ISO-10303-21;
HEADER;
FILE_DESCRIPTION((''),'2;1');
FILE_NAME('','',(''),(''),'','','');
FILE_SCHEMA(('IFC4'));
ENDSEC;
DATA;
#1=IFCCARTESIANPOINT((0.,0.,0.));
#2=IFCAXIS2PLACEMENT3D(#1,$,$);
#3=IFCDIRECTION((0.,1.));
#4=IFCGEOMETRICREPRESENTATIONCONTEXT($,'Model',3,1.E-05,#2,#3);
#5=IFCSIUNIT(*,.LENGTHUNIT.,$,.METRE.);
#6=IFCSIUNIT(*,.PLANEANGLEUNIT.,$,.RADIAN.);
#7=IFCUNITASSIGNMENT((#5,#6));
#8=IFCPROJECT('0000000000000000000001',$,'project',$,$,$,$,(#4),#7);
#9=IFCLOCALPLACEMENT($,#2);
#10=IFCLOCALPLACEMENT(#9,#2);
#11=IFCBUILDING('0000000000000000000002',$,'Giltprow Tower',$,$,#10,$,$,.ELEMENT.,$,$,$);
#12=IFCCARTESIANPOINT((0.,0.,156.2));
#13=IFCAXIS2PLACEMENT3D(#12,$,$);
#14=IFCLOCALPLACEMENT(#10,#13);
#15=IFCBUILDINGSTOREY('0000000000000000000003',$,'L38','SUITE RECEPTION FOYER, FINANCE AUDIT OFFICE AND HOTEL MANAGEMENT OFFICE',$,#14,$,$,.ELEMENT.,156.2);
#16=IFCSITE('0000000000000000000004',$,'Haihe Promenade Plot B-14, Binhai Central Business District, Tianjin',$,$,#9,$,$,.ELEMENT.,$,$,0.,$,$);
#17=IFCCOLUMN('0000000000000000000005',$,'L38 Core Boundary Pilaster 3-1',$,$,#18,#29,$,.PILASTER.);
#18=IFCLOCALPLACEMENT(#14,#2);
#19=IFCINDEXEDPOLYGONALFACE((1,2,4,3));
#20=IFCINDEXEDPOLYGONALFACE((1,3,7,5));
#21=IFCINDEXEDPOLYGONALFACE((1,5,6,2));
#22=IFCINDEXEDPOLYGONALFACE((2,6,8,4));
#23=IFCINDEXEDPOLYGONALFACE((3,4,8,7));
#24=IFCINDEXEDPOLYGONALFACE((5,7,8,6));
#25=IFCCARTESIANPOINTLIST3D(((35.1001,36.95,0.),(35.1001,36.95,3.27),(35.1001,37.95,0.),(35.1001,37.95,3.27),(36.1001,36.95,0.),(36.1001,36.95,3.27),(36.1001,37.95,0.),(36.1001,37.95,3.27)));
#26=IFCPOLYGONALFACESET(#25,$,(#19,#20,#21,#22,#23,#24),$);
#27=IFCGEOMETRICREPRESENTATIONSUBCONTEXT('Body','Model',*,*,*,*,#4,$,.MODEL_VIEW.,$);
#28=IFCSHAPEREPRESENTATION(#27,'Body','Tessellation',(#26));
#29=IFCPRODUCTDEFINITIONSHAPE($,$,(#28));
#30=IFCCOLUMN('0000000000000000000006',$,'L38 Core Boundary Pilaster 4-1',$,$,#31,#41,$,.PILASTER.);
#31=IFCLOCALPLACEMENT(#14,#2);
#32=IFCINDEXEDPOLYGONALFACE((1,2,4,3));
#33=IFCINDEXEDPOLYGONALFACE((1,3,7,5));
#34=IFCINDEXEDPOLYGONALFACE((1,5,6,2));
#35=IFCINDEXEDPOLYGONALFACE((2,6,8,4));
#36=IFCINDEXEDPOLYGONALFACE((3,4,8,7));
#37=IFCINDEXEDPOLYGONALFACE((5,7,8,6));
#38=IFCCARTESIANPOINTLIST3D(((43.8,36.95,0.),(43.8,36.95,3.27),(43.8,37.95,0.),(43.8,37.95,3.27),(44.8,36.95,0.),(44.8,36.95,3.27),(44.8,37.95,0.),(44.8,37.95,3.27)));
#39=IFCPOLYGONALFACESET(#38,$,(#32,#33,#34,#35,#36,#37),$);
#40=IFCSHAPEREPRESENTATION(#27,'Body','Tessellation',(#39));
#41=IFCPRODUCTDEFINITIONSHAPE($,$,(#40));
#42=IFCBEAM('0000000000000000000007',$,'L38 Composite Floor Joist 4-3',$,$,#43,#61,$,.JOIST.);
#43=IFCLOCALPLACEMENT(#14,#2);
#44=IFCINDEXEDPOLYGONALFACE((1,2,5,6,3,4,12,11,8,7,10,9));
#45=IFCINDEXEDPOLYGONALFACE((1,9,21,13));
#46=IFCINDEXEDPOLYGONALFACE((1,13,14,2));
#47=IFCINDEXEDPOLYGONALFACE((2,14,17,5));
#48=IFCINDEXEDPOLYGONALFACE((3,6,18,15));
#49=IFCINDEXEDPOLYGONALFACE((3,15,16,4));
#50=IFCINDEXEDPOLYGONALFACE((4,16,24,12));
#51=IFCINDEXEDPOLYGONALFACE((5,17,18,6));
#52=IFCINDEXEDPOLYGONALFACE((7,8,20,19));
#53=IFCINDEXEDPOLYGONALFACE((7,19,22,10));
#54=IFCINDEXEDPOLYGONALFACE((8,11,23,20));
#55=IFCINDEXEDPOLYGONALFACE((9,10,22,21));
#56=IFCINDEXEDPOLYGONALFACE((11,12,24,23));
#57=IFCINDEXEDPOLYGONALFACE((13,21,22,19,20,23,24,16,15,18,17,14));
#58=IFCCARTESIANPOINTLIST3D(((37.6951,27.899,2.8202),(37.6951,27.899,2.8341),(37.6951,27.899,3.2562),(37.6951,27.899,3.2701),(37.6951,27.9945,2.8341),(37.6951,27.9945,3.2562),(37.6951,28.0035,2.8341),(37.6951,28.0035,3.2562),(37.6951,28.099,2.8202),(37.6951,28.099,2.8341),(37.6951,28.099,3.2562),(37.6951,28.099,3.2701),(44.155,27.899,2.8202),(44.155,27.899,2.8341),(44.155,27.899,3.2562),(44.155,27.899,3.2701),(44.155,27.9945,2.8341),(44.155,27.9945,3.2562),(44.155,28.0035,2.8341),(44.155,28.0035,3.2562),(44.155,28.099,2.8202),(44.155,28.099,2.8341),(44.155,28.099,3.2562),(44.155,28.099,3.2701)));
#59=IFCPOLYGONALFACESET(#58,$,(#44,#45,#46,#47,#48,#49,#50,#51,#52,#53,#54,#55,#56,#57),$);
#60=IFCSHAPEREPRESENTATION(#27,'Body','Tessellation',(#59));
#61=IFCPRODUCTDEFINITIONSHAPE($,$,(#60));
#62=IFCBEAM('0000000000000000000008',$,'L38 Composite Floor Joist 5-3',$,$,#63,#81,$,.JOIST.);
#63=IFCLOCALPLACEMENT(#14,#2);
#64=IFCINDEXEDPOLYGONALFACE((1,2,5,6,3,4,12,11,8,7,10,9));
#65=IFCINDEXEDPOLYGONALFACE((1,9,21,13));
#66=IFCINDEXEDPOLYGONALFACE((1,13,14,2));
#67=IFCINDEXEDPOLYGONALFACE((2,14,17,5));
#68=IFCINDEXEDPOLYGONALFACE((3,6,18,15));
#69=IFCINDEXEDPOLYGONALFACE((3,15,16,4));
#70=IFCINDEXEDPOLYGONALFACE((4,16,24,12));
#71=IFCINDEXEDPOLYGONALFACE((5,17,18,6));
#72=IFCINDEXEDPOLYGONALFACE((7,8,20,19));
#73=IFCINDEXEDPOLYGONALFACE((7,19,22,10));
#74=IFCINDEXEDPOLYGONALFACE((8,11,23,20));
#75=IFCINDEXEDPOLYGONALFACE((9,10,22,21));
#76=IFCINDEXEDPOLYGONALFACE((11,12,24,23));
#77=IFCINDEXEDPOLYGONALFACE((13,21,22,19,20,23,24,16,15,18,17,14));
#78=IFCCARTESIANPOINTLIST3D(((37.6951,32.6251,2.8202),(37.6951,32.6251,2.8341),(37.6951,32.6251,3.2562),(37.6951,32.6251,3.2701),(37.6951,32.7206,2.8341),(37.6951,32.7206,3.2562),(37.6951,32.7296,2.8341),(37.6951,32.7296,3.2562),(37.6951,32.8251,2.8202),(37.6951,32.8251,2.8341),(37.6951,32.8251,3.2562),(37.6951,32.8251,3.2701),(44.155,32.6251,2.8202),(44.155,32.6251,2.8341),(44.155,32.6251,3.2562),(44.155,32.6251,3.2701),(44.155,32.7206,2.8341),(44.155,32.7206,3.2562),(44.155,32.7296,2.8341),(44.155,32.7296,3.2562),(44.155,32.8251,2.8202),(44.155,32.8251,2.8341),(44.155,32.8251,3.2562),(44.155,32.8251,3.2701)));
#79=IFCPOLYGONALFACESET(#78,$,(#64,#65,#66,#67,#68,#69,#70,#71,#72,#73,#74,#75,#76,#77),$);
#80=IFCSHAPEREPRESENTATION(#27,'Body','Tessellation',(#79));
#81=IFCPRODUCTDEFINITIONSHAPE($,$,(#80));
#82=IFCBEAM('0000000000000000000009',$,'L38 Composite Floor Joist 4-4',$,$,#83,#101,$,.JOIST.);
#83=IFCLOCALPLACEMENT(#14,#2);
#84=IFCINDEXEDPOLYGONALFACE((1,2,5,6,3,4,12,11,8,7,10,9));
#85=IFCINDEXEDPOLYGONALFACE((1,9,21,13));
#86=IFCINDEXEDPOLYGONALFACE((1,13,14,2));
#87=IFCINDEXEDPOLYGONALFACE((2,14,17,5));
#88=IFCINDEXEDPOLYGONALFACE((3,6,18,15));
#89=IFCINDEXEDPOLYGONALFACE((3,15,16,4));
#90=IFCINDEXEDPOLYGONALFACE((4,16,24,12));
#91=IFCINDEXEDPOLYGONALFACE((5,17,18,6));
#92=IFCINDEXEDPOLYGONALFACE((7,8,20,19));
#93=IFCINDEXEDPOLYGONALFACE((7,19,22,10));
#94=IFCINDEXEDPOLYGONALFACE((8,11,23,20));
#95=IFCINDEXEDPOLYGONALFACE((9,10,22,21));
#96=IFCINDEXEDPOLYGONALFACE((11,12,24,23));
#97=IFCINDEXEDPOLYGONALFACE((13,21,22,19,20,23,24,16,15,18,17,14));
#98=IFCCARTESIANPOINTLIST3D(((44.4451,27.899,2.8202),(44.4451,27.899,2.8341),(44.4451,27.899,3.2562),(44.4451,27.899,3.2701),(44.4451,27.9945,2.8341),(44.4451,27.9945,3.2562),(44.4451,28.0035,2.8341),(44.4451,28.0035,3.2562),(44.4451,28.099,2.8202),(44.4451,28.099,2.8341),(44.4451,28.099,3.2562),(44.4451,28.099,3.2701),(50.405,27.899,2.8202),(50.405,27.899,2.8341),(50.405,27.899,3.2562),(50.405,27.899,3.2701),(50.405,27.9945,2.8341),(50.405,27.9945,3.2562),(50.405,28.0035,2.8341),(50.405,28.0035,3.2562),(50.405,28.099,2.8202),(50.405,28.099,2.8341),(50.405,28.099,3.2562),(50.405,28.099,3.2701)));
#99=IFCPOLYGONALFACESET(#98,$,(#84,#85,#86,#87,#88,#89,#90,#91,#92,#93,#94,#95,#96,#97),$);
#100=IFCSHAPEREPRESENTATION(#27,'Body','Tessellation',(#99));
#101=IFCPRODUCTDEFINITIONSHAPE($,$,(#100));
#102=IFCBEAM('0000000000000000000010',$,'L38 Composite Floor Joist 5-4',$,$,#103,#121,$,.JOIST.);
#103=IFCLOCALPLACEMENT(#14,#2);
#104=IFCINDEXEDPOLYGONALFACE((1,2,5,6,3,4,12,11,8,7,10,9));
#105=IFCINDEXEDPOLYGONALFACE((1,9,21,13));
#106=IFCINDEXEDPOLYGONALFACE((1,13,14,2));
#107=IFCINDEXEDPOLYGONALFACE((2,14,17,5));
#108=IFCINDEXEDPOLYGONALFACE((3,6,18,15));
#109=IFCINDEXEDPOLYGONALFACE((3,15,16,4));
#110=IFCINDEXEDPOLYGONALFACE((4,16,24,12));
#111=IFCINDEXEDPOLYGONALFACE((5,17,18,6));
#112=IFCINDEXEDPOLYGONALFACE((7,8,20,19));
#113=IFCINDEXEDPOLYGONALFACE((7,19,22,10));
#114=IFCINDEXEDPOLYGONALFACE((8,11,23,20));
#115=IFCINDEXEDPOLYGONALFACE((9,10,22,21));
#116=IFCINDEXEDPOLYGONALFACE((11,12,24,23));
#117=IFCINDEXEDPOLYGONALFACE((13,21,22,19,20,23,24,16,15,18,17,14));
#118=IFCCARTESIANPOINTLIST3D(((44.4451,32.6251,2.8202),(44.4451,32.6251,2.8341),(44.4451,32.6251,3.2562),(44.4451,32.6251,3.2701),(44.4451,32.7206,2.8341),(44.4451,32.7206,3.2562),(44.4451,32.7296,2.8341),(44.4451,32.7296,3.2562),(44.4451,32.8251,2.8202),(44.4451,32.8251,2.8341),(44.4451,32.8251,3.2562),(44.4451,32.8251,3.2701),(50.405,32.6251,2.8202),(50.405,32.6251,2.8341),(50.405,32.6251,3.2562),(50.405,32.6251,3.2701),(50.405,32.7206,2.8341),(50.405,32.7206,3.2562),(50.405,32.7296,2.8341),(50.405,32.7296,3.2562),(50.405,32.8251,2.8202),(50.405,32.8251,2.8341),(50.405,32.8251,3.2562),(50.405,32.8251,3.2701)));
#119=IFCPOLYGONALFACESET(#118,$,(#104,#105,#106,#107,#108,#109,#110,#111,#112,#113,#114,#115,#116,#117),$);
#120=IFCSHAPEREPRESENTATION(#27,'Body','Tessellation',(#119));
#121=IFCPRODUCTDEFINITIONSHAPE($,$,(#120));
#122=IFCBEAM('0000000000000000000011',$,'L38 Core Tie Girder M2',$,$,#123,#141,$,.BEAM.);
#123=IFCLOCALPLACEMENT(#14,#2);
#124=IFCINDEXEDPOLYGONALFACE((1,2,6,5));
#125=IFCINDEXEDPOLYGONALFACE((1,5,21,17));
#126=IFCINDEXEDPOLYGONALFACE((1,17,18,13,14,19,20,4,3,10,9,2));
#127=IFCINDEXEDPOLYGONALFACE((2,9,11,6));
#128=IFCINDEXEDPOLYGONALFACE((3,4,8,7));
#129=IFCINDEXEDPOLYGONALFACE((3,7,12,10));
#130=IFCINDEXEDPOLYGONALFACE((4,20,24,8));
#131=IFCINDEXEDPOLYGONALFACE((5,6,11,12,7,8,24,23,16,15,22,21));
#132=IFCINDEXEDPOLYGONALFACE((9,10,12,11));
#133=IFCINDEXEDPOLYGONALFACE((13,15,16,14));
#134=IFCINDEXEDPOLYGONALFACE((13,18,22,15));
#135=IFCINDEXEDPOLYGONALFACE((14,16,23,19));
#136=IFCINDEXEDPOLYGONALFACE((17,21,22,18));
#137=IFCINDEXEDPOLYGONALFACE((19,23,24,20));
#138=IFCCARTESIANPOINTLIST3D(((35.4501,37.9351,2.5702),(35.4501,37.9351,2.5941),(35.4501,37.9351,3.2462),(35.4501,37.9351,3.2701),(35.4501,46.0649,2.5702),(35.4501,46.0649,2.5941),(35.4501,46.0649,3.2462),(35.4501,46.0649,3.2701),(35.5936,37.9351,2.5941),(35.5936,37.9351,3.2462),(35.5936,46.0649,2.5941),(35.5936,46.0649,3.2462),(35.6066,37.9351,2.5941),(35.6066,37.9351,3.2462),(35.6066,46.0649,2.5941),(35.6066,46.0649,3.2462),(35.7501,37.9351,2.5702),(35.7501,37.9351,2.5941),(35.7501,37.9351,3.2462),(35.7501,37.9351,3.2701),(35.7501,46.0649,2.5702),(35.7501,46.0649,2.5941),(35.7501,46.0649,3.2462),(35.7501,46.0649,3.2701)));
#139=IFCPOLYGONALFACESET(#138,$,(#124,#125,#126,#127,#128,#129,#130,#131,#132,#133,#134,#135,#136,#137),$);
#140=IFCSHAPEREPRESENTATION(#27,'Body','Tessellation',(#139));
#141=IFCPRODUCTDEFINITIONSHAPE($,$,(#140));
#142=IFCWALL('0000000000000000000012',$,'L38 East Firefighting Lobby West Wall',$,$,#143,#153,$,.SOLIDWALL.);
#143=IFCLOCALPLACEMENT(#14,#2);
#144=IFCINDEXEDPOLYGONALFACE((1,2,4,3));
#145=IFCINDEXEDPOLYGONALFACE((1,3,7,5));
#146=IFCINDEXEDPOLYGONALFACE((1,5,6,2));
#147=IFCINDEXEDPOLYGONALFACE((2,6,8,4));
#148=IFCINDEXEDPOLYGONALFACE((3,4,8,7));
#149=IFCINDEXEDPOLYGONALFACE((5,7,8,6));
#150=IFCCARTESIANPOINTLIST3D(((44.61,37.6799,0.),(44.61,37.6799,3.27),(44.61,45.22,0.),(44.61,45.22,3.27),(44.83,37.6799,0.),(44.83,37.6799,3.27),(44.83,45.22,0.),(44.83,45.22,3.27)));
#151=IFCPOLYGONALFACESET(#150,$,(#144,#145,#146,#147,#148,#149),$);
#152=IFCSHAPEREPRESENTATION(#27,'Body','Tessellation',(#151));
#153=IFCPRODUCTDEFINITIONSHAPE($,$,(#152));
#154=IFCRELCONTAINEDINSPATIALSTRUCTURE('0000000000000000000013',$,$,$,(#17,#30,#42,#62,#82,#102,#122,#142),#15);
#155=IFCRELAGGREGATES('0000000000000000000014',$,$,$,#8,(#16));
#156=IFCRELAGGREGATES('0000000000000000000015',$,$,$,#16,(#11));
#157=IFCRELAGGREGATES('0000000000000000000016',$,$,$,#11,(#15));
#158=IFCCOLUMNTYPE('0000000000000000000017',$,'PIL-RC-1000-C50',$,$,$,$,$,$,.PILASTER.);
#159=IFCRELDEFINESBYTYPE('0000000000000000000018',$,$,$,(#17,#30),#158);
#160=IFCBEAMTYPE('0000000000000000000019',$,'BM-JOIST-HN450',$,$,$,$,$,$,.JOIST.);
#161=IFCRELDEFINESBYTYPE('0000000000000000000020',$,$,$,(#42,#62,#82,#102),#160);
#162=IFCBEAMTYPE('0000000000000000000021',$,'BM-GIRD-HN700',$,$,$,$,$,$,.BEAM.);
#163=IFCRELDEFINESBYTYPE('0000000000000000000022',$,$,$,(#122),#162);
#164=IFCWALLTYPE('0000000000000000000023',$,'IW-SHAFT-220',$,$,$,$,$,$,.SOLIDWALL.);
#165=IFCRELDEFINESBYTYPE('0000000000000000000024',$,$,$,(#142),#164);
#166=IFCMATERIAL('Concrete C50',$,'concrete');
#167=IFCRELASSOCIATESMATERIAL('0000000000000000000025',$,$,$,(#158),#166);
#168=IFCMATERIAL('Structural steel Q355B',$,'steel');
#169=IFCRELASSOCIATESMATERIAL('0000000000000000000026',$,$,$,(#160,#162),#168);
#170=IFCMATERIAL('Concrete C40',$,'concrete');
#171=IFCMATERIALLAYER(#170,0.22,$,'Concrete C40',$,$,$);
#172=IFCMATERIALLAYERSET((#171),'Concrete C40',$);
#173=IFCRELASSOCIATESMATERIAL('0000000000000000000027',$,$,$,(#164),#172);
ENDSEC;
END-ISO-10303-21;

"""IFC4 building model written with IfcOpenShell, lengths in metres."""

from ifc_helpers import new_model, si_unit, direction, frame, frame_2d, origin, origin_2d, place, context, subcontext, project, spatial, rectangle, i_section, extrude, source, transform, mapped, material, layer, layer_set, material_profile, profile_set, type_object, element, save


model = new_model("IFC4")

# Units and contexts
model_context = context("Model", 3, precision=1e-05, world=origin(), true_north=direction((0.0, 1.0)))
body_context = subcontext(model_context, "Body", "Model", "MODEL_VIEW")
ifc_project = project(units=[si_unit("LENGTHUNIT", "METRE"), si_unit("PLANEANGLEUNIT", "RADIAN")], contexts=[model_context])

# Site, building, storey
site_placement = place(None, origin())
site = spatial("IfcSite", under=ifc_project, at=site_placement, Name="Haihe Promenade Plot B-14, Binhai Central Business District, Tianjin", CompositionType="ELEMENT", RefElevation=0.0)
building_placement = place(site_placement, origin())
building = spatial("IfcBuilding", under=site, at=building_placement, Name="Giltprow Tower", CompositionType="ELEMENT")
storey_placement = place(building_placement, frame((0.0, 0.0, 156.2)))
storey = spatial("IfcBuildingStorey", under=building, at=storey_placement, Name="L38", Description="SUITE RECEPTION FOYER, FINANCE AUDIT OFFICE AND HOTEL MANAGEMENT OFFICE", CompositionType="ELEMENT", Elevation=156.2)

# Columns
ifc_material_1 = material(Name="Concrete C50", Category="concrete")
ifc_material_profile_1 = material_profile(ifc_material_1, rectangle(XDim=1.0, YDim=1.0, at=origin_2d()), Name="RC 1000x1000")
ifc_profile_set_1 = profile_set([ifc_material_profile_1], Name="Concrete C50")
column_type = type_object("IfcColumnType", Name="PIL-RC-1000-C50", PredefinedType="PILASTER", material=ifc_profile_set_1)
shared_shape_1 = source(origin(), body_context, "Body", "SweptSolid", [
    extrude(rectangle(XDim=1.0, YDim=1.0, at=origin_2d()), origin(), (0.0, 0.0, 1.0), 3.27),
])
for number, where, z_axis, x_axis, name in (
    (1, (35.6001, 37.45, 0.0), (0.0, 0.0, 1.0), (1.0, 0.0, 0.0), "L38 Core Boundary Pilaster 3-1"),
    (2, (44.3, 37.45, 0.0), (0.0, 0.0, 1.0), (1.0, 0.0, 0.0), "L38 Core Boundary Pilaster 4-1"),
):
    element("IfcColumn", number, at=place(storey_placement, frame(where, z_axis=z_axis, x_axis=x_axis)), inside=storey, type_object=column_type, Name=name, PredefinedType="PILASTER", context=body_context, shape_type="MappedRepresentation", body=[
        mapped(shared_shape_1, transform((0.0, 0.0, 0.0), x_axis=(1.0, 0.0, 0.0), y_axis=(0.0, 1.0, 0.0), z_axis=(0.0, 0.0, 1.0), scale=1.0)),
    ])

# Beams
ifc_material_2 = material(Name="Structural steel Q355B", Category="steel")
ifc_material_profile_2 = material_profile(ifc_material_2, i_section(OverallWidth=0.2, OverallDepth=0.45, WebThickness=0.009, FlangeThickness=0.0139, at=origin_2d()), Name="HN 450x200x9x14")
ifc_profile_set_2 = profile_set([ifc_material_profile_2], Name="Structural steel Q355B")
beam_type_1 = type_object("IfcBeamType", Name="BM-JOIST-HN450", PredefinedType="JOIST", material=ifc_profile_set_2)
shared_shape_2 = source(origin(), body_context, "Body", "SweptSolid", [
    extrude(i_section(OverallWidth=0.2, OverallDepth=0.45, WebThickness=0.009, FlangeThickness=0.0139, at=origin_2d()), origin(), (0.0, 0.0, 1.0), 6.46),
])
for number, where, z_axis, x_axis, name in (
    (3, (37.6951, 27.999, 3.0452), (1.0, 0.0, 0.0), (0.0, 1.0, 0.0), "L38 Composite Floor Joist 4-3"),
    (4, (37.6951, 32.7251, 3.0452), (1.0, 0.0, 0.0), (0.0, 1.0, 0.0), "L38 Composite Floor Joist 5-3"),
):
    element("IfcBeam", number, at=place(storey_placement, frame(where, z_axis=z_axis, x_axis=x_axis)), inside=storey, type_object=beam_type_1, Name=name, PredefinedType="JOIST", context=body_context, shape_type="MappedRepresentation", body=[
        mapped(shared_shape_2, transform((0.0, 0.0, 0.0), x_axis=(1.0, 0.0, 0.0), y_axis=(0.0, 1.0, 0.0), z_axis=(0.0, 0.0, 1.0), scale=1.0)),
    ])
shared_shape_3 = source(origin(), body_context, "Body", "SweptSolid", [
    extrude(i_section(OverallWidth=0.2, OverallDepth=0.45, WebThickness=0.009, FlangeThickness=0.0139, at=origin_2d()), origin(), (0.0, 0.0, 1.0), 5.96),
])
for number, where, z_axis, x_axis, name in (
    (5, (44.4451, 27.999, 3.0452), (1.0, 0.0, 0.0), (0.0, 1.0, 0.0), "L38 Composite Floor Joist 4-4"),
    (6, (44.4451, 32.7251, 3.0452), (1.0, 0.0, 0.0), (0.0, 1.0, 0.0), "L38 Composite Floor Joist 5-4"),
):
    element("IfcBeam", number, at=place(storey_placement, frame(where, z_axis=z_axis, x_axis=x_axis)), inside=storey, type_object=beam_type_1, Name=name, PredefinedType="JOIST", context=body_context, shape_type="MappedRepresentation", body=[
        mapped(shared_shape_3, transform((0.0, 0.0, 0.0), x_axis=(1.0, 0.0, 0.0), y_axis=(0.0, 1.0, 0.0), z_axis=(0.0, 0.0, 1.0), scale=1.0)),
    ])
ifc_material_profile_3 = material_profile(ifc_material_2, i_section(OverallWidth=0.3, OverallDepth=0.7, WebThickness=0.0129, FlangeThickness=0.0239, at=origin_2d()), Name="HN 700x300x13x24")
ifc_profile_set_3 = profile_set([ifc_material_profile_3], Name="Structural steel Q355B")
beam_type_2 = type_object("IfcBeamType", Name="BM-GIRD-HN700", PredefinedType="BEAM", material=ifc_profile_set_3)
shared_shape_4 = source(origin(), body_context, "Body", "SweptSolid", [
    extrude(i_section(OverallWidth=0.3, OverallDepth=0.7, WebThickness=0.0129, FlangeThickness=0.0239, at=origin_2d()), origin(), (0.0, 0.0, 1.0), 8.1299),
])
beam_placement = place(storey_placement, frame((35.6001, 37.9351, 2.9202), z_axis=(0.0, 1.0, 0.0), x_axis=(-1.0, 0.0, 0.0)))
element("IfcBeam", 7, at=beam_placement, inside=storey, type_object=beam_type_2, Name="L38 Core Tie Girder M2", PredefinedType="BEAM", context=body_context, shape_type="MappedRepresentation", body=[
    mapped(shared_shape_4, transform((0.0, 0.0, 0.0), x_axis=(1.0, 0.0, 0.0), y_axis=(0.0, 1.0, 0.0), z_axis=(0.0, 0.0, 1.0), scale=1.0)),
])

# Wall
ifc_material_3 = material(Name="Concrete C40", Category="concrete")
ifc_layer_1 = layer(ifc_material_3, 0.22, Name="Concrete C40")
ifc_layer_set_1 = layer_set([ifc_layer_1], Name="Concrete C40")
wall_type_1 = type_object("IfcWallType", Name="IW-SHAFT-220", PredefinedType="SOLIDWALL", material=ifc_layer_set_1)
wall_1_placement = place(storey_placement, frame((44.72, 37.6799, 0.0), z_axis=(0.0, 0.0, 1.0), x_axis=(0.0, 1.0, 0.0)))
element("IfcWall", 8, at=wall_1_placement, inside=storey, type_object=wall_type_1, Name="L38 East Firefighting Lobby West Wall", PredefinedType="SOLIDWALL", context=body_context, shape_type="SweptSolid", body=[
    extrude(rectangle(XDim=7.54, YDim=0.22, at=frame_2d((3.77, 0.0))), origin(), (0.0, 0.0, 1.0), 3.27),
])

save(model, "model.ifc")
